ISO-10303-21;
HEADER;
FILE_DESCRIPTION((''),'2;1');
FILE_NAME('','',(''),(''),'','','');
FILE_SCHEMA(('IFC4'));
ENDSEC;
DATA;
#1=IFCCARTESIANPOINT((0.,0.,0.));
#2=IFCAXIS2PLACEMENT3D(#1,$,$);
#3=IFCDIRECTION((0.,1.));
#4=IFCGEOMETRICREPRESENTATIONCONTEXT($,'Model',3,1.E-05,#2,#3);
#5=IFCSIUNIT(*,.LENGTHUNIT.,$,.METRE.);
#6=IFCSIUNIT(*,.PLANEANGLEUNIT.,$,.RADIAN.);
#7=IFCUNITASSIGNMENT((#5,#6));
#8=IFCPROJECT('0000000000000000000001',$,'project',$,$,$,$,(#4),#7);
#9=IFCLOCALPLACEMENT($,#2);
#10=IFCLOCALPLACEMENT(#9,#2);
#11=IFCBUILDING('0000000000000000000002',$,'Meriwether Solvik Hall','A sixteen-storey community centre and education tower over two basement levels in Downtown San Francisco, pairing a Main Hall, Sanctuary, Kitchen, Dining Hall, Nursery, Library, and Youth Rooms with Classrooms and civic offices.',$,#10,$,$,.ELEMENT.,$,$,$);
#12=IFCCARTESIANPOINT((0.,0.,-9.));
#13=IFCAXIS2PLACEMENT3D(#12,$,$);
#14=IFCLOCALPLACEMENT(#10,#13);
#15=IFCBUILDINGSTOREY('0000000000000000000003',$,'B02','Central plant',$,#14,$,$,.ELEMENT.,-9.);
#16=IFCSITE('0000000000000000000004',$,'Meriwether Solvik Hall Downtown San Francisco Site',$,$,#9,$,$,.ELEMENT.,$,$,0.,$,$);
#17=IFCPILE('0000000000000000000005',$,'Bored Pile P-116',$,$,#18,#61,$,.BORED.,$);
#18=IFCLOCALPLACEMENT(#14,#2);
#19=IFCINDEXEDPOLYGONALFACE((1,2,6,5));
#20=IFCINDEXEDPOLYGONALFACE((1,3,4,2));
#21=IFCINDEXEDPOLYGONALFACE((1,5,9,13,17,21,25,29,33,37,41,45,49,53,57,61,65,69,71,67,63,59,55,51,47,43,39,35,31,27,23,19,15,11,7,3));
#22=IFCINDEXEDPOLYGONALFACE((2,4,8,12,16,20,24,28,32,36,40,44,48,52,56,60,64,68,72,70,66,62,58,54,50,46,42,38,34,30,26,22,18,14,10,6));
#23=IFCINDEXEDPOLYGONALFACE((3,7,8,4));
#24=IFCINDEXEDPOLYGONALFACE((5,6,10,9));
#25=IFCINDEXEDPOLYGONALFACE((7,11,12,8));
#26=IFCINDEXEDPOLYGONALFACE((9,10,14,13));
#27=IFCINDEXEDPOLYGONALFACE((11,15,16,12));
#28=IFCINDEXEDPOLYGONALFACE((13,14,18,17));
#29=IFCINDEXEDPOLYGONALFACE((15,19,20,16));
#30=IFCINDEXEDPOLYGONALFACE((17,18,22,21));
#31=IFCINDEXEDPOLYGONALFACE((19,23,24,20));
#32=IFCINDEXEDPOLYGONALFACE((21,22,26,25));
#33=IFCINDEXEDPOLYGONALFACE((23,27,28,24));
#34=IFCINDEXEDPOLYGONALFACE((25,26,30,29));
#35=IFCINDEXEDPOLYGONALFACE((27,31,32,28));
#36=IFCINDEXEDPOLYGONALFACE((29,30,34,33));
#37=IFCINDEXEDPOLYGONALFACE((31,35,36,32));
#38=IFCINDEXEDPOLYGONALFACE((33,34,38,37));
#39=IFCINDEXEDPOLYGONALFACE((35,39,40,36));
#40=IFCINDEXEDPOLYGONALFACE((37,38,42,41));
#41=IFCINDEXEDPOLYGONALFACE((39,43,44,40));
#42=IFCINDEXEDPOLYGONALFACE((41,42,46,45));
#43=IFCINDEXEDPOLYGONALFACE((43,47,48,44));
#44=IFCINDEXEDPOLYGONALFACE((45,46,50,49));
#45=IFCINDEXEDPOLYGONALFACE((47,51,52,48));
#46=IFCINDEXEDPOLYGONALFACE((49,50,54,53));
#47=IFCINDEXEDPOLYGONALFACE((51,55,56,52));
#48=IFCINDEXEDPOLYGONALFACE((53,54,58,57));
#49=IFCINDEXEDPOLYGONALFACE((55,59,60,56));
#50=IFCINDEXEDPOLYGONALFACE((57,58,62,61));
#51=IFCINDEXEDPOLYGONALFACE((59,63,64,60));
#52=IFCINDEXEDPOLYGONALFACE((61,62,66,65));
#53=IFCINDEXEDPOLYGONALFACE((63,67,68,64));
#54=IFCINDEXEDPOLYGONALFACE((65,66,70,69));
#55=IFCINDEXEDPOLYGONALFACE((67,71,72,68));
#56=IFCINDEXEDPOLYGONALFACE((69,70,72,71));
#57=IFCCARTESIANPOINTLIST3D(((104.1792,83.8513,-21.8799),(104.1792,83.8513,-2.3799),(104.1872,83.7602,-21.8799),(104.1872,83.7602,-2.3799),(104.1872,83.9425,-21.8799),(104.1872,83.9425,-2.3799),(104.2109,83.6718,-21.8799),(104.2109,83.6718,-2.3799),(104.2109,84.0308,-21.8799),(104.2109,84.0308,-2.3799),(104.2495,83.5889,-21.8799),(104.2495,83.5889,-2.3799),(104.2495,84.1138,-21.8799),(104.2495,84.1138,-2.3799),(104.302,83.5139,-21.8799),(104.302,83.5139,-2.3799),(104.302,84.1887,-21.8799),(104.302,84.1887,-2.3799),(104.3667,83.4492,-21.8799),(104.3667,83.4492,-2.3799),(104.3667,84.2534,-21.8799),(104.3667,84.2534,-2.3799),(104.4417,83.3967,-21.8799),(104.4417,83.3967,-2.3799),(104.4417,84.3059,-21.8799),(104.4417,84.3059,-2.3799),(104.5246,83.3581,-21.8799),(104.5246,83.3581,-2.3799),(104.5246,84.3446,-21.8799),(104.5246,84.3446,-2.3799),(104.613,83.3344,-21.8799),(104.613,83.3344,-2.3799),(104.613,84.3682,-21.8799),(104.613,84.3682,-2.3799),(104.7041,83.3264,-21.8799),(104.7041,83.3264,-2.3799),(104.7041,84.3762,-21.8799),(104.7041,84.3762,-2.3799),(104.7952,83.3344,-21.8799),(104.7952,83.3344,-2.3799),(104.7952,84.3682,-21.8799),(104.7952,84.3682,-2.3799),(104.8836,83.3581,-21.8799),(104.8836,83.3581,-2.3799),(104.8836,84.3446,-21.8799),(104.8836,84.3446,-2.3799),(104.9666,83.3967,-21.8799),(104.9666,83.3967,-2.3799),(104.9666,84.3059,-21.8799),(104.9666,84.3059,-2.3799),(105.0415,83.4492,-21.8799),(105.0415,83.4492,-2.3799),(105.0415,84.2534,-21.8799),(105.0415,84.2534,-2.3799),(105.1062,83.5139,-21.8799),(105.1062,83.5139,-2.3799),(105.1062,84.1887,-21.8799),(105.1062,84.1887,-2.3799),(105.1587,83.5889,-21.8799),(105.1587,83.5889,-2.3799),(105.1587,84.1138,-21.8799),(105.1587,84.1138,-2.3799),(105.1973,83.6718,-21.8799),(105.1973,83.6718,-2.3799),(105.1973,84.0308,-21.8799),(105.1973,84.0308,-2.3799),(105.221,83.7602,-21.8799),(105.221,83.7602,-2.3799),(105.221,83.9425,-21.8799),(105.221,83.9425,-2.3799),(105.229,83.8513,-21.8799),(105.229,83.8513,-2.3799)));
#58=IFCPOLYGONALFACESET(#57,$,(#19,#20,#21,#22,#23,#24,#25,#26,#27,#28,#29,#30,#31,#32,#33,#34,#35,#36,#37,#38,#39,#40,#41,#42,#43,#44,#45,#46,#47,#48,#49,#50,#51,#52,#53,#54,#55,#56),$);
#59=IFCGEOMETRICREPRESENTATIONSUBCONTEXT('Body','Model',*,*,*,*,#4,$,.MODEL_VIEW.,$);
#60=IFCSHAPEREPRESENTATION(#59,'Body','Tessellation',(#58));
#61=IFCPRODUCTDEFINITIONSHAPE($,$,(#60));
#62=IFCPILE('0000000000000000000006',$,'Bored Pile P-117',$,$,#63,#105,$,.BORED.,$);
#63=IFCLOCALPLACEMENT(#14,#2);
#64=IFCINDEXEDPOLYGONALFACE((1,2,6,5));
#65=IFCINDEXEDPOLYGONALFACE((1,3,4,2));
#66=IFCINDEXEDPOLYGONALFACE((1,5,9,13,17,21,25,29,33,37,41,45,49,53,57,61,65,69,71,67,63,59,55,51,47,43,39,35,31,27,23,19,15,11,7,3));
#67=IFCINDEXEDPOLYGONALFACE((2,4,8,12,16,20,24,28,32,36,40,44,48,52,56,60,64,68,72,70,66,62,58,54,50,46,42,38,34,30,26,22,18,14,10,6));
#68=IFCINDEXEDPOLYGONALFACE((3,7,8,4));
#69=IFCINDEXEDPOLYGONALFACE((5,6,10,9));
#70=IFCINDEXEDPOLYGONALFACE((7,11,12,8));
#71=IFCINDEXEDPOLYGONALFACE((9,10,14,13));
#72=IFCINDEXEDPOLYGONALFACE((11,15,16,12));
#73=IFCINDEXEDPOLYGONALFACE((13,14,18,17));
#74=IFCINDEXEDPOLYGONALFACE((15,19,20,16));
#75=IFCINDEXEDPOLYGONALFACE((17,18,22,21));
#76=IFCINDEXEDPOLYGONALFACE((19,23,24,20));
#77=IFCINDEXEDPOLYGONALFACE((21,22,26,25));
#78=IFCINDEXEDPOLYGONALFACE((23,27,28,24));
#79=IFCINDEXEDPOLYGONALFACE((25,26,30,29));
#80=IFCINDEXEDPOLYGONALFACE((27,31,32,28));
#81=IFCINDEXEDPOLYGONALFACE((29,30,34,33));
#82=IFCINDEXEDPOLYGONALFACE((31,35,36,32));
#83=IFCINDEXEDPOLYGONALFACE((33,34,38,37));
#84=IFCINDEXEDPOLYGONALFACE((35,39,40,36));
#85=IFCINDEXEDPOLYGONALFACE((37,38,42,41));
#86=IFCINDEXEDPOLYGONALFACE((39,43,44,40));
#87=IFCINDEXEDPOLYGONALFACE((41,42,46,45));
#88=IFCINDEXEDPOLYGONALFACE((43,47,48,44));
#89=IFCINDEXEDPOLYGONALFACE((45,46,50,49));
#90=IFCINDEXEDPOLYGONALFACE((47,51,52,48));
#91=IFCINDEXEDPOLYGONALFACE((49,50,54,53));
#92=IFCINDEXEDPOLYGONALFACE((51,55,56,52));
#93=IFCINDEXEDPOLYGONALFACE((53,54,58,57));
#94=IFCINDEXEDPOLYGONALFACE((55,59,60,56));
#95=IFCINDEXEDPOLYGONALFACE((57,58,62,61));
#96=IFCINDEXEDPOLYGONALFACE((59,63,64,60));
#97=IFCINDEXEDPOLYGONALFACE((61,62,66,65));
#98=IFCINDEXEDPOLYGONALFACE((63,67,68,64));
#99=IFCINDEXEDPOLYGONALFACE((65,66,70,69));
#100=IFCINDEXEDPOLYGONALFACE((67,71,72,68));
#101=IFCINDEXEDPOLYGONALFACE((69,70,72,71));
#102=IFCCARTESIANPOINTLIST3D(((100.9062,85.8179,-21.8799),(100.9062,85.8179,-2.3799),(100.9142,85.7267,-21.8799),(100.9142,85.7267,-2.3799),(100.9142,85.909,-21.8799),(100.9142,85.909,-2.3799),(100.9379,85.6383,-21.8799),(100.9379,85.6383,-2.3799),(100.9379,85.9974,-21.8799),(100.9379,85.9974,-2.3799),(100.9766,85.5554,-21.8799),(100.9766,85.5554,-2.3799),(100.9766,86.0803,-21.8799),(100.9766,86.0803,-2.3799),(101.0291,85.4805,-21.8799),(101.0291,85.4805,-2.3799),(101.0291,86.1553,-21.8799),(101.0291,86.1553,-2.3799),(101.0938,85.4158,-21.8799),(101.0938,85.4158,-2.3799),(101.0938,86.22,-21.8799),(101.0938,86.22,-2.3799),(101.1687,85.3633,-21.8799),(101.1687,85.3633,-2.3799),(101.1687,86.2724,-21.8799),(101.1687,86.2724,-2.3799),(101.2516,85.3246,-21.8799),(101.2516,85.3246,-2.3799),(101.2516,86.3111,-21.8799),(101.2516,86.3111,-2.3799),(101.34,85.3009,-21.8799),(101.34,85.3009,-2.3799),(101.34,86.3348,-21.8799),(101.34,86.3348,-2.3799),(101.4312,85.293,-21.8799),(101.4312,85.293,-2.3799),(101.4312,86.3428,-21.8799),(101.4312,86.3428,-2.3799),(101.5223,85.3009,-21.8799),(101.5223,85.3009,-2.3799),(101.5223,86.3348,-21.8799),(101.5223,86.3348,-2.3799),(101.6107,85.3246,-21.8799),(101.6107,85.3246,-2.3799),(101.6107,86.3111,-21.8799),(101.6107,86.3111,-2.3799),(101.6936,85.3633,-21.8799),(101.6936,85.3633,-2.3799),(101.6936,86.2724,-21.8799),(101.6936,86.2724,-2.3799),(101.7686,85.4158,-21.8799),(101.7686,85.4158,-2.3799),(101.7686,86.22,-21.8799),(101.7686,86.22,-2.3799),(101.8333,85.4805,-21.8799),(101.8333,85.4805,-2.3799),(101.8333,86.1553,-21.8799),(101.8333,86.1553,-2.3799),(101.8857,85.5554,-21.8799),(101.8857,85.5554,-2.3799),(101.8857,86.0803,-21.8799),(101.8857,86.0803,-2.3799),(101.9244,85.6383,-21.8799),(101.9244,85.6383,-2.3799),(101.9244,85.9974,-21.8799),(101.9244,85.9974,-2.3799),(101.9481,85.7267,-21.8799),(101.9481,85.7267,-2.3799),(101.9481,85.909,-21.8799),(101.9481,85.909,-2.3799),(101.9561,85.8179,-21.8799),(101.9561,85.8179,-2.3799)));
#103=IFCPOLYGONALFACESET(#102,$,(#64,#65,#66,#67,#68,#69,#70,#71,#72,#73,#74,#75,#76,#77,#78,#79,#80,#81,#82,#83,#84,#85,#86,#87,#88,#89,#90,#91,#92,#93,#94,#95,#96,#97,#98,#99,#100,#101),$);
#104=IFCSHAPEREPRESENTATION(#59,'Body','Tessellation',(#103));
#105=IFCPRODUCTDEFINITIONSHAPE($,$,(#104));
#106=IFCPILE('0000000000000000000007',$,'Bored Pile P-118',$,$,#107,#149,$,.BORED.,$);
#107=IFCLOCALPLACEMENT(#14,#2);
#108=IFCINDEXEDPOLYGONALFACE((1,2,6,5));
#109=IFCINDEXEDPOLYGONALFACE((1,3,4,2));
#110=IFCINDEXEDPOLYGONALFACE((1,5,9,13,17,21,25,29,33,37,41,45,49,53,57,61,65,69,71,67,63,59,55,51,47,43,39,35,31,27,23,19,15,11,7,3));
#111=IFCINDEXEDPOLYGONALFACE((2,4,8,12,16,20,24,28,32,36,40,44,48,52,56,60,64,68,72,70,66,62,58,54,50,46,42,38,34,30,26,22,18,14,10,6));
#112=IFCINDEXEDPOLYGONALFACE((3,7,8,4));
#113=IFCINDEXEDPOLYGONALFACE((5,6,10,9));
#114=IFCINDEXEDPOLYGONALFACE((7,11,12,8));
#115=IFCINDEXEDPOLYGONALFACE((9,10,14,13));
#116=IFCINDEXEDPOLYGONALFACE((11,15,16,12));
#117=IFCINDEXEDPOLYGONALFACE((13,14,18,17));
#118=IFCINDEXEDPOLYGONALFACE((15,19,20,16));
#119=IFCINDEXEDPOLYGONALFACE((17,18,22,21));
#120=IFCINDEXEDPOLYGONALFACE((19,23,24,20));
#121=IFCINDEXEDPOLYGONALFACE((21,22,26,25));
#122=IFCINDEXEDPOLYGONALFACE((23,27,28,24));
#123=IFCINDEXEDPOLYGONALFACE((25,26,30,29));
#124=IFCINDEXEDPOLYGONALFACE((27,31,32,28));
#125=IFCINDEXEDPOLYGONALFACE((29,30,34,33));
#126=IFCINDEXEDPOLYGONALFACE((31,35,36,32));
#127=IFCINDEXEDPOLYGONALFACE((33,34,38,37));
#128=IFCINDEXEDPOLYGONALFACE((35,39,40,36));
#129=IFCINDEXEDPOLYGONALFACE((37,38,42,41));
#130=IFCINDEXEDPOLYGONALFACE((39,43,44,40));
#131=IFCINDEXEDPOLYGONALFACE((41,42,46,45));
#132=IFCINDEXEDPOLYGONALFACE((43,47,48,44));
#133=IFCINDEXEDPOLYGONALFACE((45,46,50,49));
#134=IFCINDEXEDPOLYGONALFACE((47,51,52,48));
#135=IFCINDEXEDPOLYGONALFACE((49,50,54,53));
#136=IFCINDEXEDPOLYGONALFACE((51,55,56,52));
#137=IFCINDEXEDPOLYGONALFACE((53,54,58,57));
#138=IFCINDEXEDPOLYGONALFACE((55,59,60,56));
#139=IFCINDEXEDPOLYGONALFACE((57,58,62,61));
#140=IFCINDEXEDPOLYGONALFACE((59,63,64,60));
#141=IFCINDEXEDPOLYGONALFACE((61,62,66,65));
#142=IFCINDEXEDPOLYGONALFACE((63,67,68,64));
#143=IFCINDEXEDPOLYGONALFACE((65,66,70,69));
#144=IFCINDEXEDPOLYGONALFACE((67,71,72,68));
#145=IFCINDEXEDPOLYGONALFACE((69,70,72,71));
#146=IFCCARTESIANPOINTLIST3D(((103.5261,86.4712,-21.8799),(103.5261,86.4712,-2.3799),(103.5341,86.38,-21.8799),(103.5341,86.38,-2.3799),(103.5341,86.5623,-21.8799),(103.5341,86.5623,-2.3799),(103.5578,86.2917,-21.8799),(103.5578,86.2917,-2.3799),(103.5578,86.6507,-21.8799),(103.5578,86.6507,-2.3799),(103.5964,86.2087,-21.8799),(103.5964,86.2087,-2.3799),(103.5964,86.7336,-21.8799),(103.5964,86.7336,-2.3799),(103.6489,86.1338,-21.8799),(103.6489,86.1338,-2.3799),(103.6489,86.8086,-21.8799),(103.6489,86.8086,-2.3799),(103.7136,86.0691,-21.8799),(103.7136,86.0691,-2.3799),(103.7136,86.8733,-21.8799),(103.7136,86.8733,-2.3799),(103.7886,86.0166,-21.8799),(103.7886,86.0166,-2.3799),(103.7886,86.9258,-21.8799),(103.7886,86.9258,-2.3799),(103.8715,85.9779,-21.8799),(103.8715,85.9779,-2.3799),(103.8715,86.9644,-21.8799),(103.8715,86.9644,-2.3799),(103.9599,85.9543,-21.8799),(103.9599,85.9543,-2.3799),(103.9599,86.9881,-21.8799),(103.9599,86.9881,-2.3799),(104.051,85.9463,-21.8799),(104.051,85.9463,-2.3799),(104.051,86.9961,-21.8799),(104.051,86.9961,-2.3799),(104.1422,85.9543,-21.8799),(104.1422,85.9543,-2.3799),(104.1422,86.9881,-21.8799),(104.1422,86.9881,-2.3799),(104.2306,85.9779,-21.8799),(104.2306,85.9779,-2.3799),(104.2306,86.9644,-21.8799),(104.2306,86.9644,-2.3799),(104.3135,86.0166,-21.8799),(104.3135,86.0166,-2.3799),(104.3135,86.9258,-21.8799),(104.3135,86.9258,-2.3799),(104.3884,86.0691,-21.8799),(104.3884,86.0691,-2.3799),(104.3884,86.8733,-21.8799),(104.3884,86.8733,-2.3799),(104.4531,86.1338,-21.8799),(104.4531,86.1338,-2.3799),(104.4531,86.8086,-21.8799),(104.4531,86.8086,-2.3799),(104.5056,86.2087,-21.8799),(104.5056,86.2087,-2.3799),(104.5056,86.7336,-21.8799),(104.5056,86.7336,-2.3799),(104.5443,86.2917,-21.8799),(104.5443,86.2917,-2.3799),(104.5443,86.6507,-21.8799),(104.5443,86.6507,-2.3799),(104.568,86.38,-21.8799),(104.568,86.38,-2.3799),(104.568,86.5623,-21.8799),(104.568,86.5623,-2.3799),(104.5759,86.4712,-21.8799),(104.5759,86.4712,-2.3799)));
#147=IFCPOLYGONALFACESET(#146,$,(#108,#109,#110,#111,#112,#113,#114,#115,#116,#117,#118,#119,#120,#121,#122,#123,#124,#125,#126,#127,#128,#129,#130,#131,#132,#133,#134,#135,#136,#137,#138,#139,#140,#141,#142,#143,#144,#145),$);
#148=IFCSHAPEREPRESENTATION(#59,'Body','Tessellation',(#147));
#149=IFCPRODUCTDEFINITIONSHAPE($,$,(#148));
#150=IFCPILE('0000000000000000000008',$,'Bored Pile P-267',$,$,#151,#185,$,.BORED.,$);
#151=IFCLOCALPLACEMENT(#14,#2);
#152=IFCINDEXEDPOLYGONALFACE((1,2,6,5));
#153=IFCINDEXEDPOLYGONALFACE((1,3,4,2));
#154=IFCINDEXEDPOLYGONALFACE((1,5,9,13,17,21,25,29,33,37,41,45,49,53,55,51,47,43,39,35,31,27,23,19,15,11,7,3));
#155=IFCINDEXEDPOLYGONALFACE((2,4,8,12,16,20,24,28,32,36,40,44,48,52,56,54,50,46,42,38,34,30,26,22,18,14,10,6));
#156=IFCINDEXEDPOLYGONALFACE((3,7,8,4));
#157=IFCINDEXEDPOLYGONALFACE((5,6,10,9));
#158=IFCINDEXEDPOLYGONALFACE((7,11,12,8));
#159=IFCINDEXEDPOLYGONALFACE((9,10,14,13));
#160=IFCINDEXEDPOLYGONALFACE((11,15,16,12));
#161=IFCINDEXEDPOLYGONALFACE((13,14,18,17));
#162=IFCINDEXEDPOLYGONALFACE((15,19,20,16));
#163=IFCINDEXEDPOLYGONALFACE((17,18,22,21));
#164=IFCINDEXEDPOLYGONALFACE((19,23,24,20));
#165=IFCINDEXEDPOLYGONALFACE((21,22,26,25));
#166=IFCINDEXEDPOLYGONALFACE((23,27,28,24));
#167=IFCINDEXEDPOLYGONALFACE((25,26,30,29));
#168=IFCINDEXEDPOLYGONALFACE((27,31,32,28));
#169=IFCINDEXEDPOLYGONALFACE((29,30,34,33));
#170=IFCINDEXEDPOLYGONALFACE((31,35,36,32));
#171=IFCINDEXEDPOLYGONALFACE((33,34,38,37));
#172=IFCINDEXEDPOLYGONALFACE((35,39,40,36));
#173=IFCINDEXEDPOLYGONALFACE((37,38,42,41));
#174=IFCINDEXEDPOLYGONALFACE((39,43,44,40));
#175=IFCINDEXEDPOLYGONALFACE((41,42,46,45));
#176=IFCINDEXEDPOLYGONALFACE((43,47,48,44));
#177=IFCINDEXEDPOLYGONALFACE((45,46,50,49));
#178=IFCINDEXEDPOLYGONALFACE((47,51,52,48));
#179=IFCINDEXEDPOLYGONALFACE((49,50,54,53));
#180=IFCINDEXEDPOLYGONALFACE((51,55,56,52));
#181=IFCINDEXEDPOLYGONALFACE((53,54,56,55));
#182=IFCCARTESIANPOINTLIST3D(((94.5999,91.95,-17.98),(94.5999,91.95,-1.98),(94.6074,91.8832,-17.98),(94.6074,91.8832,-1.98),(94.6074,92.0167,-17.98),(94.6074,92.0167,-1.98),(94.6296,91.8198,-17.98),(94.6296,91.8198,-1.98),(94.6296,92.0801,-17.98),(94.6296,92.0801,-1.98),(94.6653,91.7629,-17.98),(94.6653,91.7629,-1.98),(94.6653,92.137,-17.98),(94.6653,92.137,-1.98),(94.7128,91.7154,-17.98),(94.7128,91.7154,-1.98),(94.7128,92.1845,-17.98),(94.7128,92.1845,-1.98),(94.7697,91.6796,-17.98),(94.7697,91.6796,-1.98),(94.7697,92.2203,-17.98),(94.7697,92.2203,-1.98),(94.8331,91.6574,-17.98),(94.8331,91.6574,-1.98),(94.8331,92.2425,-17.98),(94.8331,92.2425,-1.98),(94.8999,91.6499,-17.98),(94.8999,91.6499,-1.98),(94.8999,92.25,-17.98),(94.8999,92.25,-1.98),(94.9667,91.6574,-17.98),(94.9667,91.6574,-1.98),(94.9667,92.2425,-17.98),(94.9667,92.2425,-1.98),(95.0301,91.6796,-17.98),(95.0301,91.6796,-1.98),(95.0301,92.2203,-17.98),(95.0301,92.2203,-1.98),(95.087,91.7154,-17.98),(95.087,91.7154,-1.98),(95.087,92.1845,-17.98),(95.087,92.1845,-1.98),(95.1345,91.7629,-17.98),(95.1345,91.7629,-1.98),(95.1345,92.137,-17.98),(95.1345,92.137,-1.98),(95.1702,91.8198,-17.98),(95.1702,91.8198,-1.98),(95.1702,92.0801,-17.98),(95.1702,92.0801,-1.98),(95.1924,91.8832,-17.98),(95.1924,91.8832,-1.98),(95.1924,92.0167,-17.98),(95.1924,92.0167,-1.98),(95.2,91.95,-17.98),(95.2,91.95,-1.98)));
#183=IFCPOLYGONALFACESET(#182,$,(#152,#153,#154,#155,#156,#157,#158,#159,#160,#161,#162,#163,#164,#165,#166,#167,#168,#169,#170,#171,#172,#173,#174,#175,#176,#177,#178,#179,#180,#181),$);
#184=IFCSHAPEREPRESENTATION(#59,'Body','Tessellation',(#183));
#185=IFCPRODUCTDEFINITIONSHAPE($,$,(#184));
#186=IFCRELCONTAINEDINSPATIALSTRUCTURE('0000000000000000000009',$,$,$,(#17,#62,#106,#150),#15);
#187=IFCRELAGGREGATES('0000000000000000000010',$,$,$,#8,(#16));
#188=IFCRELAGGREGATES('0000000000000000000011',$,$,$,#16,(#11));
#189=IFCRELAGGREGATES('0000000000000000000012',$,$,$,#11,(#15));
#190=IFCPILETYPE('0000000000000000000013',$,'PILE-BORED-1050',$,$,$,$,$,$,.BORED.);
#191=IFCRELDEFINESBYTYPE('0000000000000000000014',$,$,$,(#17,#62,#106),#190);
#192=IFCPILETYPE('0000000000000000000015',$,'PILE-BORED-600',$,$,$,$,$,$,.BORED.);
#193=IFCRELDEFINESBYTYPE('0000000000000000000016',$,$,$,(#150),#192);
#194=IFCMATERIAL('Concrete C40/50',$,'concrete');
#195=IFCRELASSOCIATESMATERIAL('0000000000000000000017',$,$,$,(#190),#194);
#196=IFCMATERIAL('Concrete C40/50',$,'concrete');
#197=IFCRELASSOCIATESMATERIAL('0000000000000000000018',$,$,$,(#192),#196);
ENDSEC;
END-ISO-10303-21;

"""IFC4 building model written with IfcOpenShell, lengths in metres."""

from ifc_helpers import new_model, si_unit, direction, frame, origin, origin_2d, place, context, subcontext, project, spatial, circle, extrude, material, material_profile, profile_set, type_object, element, save


model = new_model("IFC4")

# Units and contexts
model_context = context("Model", 3, precision=1e-05, world=origin(), true_north=direction((0.0, 1.0)))
body_context = subcontext(model_context, "Body", "Model", "MODEL_VIEW")
ifc_project = project(units=[si_unit("LENGTHUNIT", "METRE"), si_unit("PLANEANGLEUNIT", "RADIAN")], contexts=[model_context])

# Site, building, storey
site_placement = place(None, origin())
site = spatial("IfcSite", under=ifc_project, at=site_placement, Name="Meriwether Solvik Hall Downtown San Francisco Site", CompositionType="ELEMENT", RefElevation=0.0)
building_placement = place(site_placement, origin())
building = spatial("IfcBuilding", under=site, at=building_placement, Name="Meriwether Solvik Hall", Description="A sixteen-storey community centre and education tower over two basement levels in Downtown San Francisco, pairing a Main Hall, Sanctuary, Kitchen, Dining Hall, Nursery, Library, and Youth Rooms with Classrooms and civic offices.", CompositionType="ELEMENT")
storey_placement = place(building_placement, frame((0.0, 0.0, -9.0)))
storey = spatial("IfcBuildingStorey", under=building, at=storey_placement, Name="B02", Description="Central plant", CompositionType="ELEMENT", Elevation=-9.0)

# Piles
ifc_material_1 = material(Name="Concrete C40/50", Category="concrete")
ifc_material_profile_1 = material_profile(ifc_material_1, circle(Radius=0.5249, at=origin_2d()), Name="PILE-D1050")
ifc_profile_set_1 = profile_set([ifc_material_profile_1], Name="Concrete C40/50")
pile_type_1 = type_object("IfcPileType", Name="PILE-BORED-1050", PredefinedType="BORED", material=ifc_profile_set_1)
for number, where, z_axis, x_axis, name in (
    (1, (104.7041, 83.8513, -2.3799), (0.0, 0.0, -1.0), (1.0, 0.0, 0.0), "Bored Pile P-116"),
    (2, (101.4312, 85.8179, -2.3799), (0.0, 0.0, -1.0), (1.0, 0.0, 0.0), "Bored Pile P-117"),
    (3, (104.051, 86.4712, -2.3799), (0.0, 0.0, -1.0), (1.0, 0.0, 0.0), "Bored Pile P-118"),
):
    element("IfcPile", number, at=place(storey_placement, frame(where, z_axis=z_axis, x_axis=x_axis)), inside=storey, type_object=pile_type_1, Name=name, PredefinedType="BORED", context=body_context, shape_type="SweptSolid", body=[
        extrude(circle(Radius=0.5249, at=origin_2d()), origin(), (0.0, 0.0, 1.0), 19.5),
    ])
ifc_material_2 = material(Name="Concrete C40/50", Category="concrete")
ifc_material_profile_2 = material_profile(ifc_material_2, circle(Radius=0.3, at=origin_2d()), Name="PILE-D600")
ifc_profile_set_2 = profile_set([ifc_material_profile_2], Name="Concrete C40/50")
pile_type_2 = type_object("IfcPileType", Name="PILE-BORED-600", PredefinedType="BORED", material=ifc_profile_set_2)
for number, where, z_axis, x_axis, name in (
    (4, (94.8999, 91.95, -1.98), (0.0, 0.0, -1.0), (1.0, 0.0, 0.0), "Bored Pile P-267"),
):
    element("IfcPile", number, at=place(storey_placement, frame(where, z_axis=z_axis, x_axis=x_axis)), inside=storey, type_object=pile_type_2, Name=name, PredefinedType="BORED", context=body_context, shape_type="SweptSolid", body=[
        extrude(circle(Radius=0.3, at=origin_2d()), origin(), (0.0, 0.0, 1.0), 16.0),
    ])

save(model, "model.ifc")
